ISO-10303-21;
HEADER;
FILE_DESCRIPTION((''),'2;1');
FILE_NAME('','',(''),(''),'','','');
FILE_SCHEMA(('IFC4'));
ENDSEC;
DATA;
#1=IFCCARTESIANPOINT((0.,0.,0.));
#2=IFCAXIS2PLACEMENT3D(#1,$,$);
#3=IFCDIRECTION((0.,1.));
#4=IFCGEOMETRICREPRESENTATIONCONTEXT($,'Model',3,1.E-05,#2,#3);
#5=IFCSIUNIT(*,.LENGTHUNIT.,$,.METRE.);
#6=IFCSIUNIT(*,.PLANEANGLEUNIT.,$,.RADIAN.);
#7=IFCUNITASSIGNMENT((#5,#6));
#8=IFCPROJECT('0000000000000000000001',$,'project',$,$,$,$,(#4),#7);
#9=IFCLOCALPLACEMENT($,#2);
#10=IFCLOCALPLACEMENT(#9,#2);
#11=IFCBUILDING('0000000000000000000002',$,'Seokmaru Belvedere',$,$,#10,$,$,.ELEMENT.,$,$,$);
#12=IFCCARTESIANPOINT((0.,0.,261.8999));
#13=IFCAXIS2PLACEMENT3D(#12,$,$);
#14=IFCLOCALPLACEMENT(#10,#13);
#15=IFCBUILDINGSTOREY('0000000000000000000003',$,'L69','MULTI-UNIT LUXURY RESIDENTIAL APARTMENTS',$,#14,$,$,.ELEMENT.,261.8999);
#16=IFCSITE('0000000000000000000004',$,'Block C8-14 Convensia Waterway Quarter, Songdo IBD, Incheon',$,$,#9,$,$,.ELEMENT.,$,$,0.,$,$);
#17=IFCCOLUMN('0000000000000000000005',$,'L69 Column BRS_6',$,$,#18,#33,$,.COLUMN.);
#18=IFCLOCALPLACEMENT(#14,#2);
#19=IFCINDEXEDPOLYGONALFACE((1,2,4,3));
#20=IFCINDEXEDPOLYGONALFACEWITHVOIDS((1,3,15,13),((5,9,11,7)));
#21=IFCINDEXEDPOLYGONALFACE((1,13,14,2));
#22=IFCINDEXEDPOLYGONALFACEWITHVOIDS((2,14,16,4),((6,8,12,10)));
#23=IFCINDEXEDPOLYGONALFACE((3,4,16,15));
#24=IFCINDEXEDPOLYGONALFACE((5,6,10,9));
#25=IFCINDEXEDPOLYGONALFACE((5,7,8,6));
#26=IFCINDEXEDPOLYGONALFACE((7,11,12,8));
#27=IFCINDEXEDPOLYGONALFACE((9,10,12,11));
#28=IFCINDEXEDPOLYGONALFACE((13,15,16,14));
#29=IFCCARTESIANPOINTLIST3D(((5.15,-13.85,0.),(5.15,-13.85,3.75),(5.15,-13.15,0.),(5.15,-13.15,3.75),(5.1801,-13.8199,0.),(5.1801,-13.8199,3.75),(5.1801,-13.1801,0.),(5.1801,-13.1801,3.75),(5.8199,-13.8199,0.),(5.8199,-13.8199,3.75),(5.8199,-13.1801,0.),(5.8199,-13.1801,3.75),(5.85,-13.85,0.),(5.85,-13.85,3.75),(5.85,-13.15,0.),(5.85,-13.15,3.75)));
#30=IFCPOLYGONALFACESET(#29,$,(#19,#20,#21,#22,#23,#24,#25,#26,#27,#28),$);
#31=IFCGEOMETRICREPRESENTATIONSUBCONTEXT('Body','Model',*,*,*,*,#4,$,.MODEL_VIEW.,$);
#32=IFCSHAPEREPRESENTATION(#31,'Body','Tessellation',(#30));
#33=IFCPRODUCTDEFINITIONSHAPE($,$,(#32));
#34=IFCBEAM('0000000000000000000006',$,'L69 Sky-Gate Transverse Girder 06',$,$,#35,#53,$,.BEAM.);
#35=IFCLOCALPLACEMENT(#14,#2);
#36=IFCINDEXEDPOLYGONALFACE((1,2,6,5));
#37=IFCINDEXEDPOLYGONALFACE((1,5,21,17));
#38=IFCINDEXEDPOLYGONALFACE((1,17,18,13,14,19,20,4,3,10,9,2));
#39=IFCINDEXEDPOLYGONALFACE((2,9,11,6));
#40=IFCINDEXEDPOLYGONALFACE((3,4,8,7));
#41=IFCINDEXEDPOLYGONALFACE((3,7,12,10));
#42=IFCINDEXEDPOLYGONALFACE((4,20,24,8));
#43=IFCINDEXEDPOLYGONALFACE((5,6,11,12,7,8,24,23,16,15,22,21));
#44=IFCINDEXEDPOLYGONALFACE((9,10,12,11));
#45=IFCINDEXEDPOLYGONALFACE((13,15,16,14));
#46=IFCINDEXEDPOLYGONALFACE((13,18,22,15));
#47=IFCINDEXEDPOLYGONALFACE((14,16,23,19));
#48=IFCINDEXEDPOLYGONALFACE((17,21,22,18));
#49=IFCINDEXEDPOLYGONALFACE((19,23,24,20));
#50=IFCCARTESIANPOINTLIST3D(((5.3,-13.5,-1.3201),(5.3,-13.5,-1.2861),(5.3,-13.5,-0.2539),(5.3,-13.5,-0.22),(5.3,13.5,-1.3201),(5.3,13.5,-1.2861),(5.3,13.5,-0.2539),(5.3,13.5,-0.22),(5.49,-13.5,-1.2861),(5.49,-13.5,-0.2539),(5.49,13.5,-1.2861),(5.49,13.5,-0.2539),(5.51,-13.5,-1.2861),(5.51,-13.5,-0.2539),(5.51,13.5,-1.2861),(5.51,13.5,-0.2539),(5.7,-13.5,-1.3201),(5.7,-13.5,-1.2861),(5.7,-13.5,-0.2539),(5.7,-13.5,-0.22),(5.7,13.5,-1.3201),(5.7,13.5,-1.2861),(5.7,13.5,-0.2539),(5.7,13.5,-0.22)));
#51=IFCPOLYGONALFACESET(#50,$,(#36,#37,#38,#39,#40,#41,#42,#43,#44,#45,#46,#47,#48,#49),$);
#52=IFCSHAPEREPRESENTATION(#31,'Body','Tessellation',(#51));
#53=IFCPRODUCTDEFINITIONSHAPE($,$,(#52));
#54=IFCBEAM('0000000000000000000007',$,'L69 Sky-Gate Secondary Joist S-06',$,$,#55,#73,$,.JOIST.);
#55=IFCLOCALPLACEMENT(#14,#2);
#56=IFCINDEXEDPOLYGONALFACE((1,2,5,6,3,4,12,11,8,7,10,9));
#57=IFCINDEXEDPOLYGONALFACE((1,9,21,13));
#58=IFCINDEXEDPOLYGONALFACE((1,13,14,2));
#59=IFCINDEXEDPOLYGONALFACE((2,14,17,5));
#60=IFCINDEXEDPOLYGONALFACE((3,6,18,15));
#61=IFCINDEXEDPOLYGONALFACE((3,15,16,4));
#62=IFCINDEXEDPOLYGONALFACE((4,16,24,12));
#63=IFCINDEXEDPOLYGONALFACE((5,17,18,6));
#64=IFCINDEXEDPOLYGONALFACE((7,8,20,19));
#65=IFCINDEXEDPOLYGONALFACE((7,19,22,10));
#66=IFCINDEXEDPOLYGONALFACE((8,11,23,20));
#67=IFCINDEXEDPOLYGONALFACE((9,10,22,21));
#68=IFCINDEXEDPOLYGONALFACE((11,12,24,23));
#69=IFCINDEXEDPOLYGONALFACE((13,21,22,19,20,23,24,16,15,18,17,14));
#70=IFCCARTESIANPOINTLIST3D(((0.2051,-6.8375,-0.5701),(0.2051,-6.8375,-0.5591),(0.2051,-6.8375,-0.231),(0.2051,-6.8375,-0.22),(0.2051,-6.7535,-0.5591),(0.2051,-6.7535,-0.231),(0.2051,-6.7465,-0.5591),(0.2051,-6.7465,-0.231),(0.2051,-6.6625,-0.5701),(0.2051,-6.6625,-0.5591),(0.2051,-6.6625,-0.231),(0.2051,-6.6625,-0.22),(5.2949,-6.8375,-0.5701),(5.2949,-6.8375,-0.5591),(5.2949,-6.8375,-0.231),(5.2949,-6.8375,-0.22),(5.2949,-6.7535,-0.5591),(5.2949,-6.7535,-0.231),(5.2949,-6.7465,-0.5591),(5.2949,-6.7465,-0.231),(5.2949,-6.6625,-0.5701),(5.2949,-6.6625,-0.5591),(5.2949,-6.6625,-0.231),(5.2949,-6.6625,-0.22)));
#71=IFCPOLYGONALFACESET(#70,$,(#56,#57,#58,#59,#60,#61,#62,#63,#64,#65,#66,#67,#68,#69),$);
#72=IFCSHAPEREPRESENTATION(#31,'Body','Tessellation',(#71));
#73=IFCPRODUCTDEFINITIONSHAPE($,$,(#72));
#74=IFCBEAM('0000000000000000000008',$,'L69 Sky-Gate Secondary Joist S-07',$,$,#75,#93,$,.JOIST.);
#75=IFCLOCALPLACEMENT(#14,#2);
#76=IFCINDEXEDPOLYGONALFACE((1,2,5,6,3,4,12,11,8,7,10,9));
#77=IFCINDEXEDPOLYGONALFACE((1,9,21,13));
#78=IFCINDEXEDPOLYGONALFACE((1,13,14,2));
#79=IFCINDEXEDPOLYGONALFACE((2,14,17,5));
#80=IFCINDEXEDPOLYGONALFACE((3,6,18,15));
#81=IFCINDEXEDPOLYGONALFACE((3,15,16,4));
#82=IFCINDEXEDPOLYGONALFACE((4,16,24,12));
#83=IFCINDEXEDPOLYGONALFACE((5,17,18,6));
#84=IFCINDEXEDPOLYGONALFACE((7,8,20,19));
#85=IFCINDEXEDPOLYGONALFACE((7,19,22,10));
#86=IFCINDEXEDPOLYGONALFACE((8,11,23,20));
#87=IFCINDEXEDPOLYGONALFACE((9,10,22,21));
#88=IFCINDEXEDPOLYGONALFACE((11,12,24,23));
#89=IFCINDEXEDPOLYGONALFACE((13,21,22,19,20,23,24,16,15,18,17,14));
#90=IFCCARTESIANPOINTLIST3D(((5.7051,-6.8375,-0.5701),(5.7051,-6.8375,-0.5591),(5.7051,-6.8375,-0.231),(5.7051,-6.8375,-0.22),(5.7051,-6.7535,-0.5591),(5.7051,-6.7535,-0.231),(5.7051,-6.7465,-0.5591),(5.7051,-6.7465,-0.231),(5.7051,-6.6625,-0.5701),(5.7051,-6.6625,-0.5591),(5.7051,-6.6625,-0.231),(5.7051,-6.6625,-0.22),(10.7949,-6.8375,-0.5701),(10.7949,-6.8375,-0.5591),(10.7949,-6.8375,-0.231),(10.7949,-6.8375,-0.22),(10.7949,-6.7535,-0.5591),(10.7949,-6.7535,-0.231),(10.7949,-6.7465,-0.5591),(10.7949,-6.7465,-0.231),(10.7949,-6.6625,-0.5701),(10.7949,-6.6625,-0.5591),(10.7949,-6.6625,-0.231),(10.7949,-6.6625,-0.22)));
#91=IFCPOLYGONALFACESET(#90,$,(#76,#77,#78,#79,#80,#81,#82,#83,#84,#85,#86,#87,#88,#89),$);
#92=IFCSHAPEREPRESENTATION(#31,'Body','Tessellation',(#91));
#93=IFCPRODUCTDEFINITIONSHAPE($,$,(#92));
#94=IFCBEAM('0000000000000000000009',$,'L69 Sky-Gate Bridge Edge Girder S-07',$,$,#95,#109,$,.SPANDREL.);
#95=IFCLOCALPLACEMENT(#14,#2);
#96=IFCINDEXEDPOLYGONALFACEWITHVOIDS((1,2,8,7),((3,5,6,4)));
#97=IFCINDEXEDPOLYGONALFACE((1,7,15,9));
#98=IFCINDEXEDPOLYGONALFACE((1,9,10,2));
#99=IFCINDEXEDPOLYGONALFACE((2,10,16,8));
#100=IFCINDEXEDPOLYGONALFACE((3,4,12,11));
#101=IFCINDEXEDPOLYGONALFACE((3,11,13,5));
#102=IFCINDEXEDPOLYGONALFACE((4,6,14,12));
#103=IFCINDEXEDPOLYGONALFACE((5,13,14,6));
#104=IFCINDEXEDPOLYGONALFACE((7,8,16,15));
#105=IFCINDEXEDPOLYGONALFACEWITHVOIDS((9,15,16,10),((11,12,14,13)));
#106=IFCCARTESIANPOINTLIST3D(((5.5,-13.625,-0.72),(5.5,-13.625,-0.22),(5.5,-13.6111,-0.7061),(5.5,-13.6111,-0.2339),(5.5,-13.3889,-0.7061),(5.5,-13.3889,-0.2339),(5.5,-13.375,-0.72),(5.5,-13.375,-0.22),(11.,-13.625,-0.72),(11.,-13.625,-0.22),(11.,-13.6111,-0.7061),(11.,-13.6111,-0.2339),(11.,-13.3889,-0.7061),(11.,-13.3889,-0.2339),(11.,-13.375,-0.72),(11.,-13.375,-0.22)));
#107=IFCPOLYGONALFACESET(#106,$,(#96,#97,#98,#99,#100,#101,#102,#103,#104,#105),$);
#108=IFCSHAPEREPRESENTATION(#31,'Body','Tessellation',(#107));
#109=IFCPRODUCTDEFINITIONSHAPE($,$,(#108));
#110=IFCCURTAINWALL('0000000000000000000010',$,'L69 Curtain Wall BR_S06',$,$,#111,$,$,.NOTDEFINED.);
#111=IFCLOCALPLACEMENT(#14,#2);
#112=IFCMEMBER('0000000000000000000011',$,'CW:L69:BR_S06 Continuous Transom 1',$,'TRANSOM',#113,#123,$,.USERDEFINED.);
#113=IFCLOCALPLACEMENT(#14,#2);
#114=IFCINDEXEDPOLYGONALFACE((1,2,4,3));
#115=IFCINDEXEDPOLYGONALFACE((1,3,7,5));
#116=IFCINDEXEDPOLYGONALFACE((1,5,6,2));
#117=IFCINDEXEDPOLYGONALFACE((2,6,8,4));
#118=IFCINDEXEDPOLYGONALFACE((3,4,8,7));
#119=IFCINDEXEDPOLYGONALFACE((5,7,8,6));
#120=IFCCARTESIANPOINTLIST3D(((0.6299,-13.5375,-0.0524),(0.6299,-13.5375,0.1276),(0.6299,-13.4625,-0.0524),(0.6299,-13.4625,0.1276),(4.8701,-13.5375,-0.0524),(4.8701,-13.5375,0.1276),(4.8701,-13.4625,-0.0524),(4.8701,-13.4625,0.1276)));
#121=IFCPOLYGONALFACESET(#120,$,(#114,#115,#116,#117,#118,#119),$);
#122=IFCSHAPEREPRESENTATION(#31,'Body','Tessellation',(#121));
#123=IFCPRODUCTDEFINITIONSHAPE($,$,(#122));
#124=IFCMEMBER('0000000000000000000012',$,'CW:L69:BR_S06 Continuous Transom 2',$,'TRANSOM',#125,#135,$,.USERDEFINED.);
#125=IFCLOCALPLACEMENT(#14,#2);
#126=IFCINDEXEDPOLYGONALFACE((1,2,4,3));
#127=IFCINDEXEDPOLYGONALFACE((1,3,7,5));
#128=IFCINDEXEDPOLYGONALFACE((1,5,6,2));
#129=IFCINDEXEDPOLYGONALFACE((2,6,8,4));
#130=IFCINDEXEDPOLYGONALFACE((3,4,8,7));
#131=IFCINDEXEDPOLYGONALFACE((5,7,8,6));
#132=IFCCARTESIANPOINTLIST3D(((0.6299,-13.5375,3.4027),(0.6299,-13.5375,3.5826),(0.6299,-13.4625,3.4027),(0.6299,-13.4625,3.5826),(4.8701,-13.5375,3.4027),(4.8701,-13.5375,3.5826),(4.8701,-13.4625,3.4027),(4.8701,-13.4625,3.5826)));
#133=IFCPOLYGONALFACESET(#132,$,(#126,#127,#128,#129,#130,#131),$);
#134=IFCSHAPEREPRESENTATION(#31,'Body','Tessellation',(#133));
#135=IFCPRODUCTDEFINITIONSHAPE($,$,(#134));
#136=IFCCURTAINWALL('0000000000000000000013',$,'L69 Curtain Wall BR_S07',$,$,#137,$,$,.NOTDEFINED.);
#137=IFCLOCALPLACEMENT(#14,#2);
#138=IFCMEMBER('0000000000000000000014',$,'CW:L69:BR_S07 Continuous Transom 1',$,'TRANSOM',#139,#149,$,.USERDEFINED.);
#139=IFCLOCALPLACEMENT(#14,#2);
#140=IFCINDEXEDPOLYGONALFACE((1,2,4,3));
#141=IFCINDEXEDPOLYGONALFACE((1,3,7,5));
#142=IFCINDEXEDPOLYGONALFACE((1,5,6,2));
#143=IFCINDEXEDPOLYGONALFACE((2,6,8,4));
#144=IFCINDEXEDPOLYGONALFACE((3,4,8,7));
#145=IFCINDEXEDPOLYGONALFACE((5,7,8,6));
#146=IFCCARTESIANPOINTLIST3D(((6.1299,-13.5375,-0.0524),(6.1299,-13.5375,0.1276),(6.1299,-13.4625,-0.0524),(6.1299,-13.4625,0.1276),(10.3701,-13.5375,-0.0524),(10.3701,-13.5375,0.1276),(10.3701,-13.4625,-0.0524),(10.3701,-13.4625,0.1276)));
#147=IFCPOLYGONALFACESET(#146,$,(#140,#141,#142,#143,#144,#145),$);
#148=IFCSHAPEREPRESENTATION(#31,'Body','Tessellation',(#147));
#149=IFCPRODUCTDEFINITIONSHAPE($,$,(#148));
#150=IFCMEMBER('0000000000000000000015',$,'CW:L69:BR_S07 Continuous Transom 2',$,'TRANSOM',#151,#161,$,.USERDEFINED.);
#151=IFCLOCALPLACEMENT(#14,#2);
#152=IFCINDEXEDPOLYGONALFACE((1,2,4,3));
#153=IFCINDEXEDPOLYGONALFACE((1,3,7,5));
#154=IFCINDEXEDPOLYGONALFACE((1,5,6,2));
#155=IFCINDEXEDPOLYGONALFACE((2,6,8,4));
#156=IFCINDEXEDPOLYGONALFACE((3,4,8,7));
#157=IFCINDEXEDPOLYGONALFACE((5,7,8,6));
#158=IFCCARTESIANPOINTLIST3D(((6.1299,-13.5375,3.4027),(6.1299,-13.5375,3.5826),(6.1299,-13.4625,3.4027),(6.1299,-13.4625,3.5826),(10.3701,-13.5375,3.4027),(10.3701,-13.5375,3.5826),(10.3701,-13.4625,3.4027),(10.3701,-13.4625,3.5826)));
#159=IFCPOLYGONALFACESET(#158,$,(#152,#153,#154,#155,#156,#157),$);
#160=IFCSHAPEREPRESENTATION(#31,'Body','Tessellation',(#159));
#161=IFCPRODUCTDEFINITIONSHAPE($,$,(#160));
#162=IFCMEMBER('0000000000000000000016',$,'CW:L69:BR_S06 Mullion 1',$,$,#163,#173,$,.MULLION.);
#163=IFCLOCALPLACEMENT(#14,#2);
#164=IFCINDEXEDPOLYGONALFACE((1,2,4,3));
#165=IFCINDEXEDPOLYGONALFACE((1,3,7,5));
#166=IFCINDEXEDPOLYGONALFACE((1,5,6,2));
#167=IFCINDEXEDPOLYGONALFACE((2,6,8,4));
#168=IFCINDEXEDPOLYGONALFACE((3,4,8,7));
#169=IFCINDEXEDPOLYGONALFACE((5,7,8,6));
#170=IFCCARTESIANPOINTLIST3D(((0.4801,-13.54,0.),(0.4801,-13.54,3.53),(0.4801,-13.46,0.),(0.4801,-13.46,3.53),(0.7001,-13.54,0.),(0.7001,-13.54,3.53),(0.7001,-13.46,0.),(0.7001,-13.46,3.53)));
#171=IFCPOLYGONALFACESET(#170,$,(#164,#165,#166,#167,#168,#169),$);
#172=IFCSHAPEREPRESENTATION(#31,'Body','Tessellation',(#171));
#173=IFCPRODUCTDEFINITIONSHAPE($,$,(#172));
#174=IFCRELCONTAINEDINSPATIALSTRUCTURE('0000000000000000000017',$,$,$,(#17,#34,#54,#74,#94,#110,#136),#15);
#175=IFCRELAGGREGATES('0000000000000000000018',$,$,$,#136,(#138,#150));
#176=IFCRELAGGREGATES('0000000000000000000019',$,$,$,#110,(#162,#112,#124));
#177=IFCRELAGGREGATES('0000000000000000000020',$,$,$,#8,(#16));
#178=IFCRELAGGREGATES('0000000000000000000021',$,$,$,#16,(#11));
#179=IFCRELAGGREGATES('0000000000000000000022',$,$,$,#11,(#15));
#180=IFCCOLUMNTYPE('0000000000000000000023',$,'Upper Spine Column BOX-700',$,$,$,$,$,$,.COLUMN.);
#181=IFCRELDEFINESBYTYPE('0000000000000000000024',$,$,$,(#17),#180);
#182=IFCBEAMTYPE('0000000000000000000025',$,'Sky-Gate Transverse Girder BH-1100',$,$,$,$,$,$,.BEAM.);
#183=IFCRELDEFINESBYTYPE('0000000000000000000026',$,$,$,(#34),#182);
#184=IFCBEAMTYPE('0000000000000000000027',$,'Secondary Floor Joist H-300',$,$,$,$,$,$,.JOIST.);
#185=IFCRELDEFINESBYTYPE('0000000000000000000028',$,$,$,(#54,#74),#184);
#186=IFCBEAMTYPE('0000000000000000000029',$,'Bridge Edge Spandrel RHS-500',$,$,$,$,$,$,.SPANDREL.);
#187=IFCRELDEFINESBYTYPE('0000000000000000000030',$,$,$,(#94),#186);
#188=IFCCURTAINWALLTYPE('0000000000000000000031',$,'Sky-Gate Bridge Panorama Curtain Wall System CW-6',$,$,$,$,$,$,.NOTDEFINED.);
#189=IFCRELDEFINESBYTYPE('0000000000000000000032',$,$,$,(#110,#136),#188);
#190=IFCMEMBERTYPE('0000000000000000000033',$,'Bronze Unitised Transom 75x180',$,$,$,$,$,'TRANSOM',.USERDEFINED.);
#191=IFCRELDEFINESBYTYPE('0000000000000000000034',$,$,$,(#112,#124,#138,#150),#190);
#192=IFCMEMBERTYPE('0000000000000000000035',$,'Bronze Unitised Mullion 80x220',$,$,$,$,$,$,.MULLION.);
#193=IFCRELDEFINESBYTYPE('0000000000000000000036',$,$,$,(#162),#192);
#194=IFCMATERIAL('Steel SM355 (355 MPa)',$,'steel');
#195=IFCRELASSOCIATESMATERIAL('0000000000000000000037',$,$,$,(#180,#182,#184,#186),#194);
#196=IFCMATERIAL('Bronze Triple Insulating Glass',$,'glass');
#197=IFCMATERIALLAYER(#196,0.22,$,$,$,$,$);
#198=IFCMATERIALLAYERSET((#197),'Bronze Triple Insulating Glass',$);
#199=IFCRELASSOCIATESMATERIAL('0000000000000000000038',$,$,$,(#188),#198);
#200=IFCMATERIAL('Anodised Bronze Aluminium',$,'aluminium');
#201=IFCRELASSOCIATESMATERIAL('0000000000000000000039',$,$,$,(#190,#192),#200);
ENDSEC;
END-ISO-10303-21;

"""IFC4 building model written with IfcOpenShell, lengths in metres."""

from ifc_helpers import new_model, si_unit, direction, frame, origin, origin_2d, place, context, subcontext, project, spatial, rectangle, hollow_rectangle, i_section, extrude, source, transform, mapped, material, layer, layer_set, material_profile, profile_set, type_object, type_shapes, element, aggregate, save


model = new_model("IFC4")

# Units and contexts
model_context = context("Model", 3, precision=1e-05, world=origin(), true_north=direction((0.0, 1.0)))
body_context = subcontext(model_context, "Body", "Model", "MODEL_VIEW")
ifc_project = project(units=[si_unit("LENGTHUNIT", "METRE"), si_unit("PLANEANGLEUNIT", "RADIAN")], contexts=[model_context])

# Site, building, storey
site_placement = place(None, origin())
site = spatial("IfcSite", under=ifc_project, at=site_placement, Name="Block C8-14 Convensia Waterway Quarter, Songdo IBD, Incheon", CompositionType="ELEMENT", RefElevation=0.0)
building_placement = place(site_placement, origin())
building = spatial("IfcBuilding", under=site, at=building_placement, Name="Seokmaru Belvedere", CompositionType="ELEMENT")
storey_placement = place(building_placement, frame((0.0, 0.0, 261.8999)))
storey = spatial("IfcBuildingStorey", under=building, at=storey_placement, Name="L69", Description="MULTI-UNIT LUXURY RESIDENTIAL APARTMENTS", CompositionType="ELEMENT", Elevation=261.8999)

# Column
ifc_material_1 = material(Name="Steel SM355 (355 MPa)", Category="steel")
ifc_material_profile_1 = material_profile(ifc_material_1, hollow_rectangle(XDim=0.7, YDim=0.7, WallThickness=0.03, at=origin_2d()), Name="BOX-700x700x30")
ifc_profile_set_1 = profile_set([ifc_material_profile_1], Name="Steel SM355 (355 MPa)")
column_type = type_object("IfcColumnType", Name="Upper Spine Column BOX-700", PredefinedType="COLUMN", material=ifc_profile_set_1)
shared_shape_1 = source(origin(), body_context, "Body", "SweptSolid", [
    extrude(hollow_rectangle(XDim=0.7, YDim=0.7, WallThickness=0.03, at=origin_2d()), origin(), (0.0, 0.0, 1.0), 3.75),
])
type_shapes(column_type, [shared_shape_1])
column_placement = place(storey_placement, frame((5.5, -13.5, 0.0), z_axis=(0.0, 0.0, 1.0), x_axis=(1.0, 0.0, 0.0)))
element("IfcColumn", 1, at=column_placement, inside=storey, type_object=column_type, Name="L69 Column BRS_6", PredefinedType="COLUMN", context=body_context, shape_type="MappedRepresentation", body=[
    mapped(shared_shape_1, transform((0.0, 0.0, 0.0), scale=1.0)),
])

# Beams
ifc_material_profile_2 = material_profile(ifc_material_1, i_section(OverallWidth=0.3999, OverallDepth=1.1001, WebThickness=0.02, FlangeThickness=0.0339, at=origin_2d()), Name="BH-1100x400x20x34")
ifc_profile_set_2 = profile_set([ifc_material_profile_2], Name="Steel SM355 (355 MPa)")
beam_type_1 = type_object("IfcBeamType", Name="Sky-Gate Transverse Girder BH-1100", PredefinedType="BEAM", material=ifc_profile_set_2)
shared_shape_2 = source(origin(), body_context, "Body", "SweptSolid", [
    extrude(i_section(OverallWidth=0.3999, OverallDepth=1.1001, WebThickness=0.02, FlangeThickness=0.0339, at=origin_2d()), origin(), (0.0, 0.0, 1.0), 27.0),
])
type_shapes(beam_type_1, [shared_shape_2])
beam_1_placement = place(storey_placement, frame((5.5, -13.5, -0.77), z_axis=(0.0, 1.0, 0.0), x_axis=(-1.0, 0.0, 0.0)))
element("IfcBeam", 2, at=beam_1_placement, inside=storey, type_object=beam_type_1, Name="L69 Sky-Gate Transverse Girder 06", PredefinedType="BEAM", context=body_context, shape_type="MappedRepresentation", body=[
    mapped(shared_shape_2, transform((0.0, 0.0, 0.0), scale=1.0)),
])
ifc_material_profile_3 = material_profile(ifc_material_1, i_section(OverallWidth=0.175, OverallDepth=0.3501, WebThickness=0.0071, FlangeThickness=0.011, at=origin_2d()), Name="H-350x175x7x11")
ifc_profile_set_3 = profile_set([ifc_material_profile_3], Name="Steel SM355 (355 MPa)")
beam_type_2 = type_object("IfcBeamType", Name="Secondary Floor Joist H-300", PredefinedType="JOIST", material=ifc_profile_set_3)
shared_shape_3 = source(origin(), body_context, "Body", "SweptSolid", [
    extrude(i_section(OverallWidth=0.175, OverallDepth=0.3501, WebThickness=0.0071, FlangeThickness=0.011, at=origin_2d()), origin(), (0.0, 0.0, 1.0), 5.0898),
])
type_shapes(beam_type_2, [shared_shape_3])
for number, where, z_axis, x_axis, name in (
    (3, (0.2051, -6.75, -0.395), (1.0, 0.0, 0.0), (0.0, 1.0, 0.0), "L69 Sky-Gate Secondary Joist S-06"),
    (4, (5.7051, -6.75, -0.395), (1.0, 0.0, 0.0), (0.0, 1.0, 0.0), "L69 Sky-Gate Secondary Joist S-07"),
):
    element("IfcBeam", number, at=place(storey_placement, frame(where, z_axis=z_axis, x_axis=x_axis)), inside=storey, type_object=beam_type_2, Name=name, PredefinedType="JOIST", context=body_context, shape_type="MappedRepresentation", body=[
        mapped(shared_shape_3, transform((0.0, 0.0, 0.0), scale=1.0)),
    ])
ifc_material_profile_4 = material_profile(ifc_material_1, hollow_rectangle(XDim=0.25, YDim=0.5, WallThickness=0.0139, at=origin_2d()), Name="RHS-500x250x14")
ifc_profile_set_4 = profile_set([ifc_material_profile_4], Name="Steel SM355 (355 MPa)")
beam_type_3 = type_object("IfcBeamType", Name="Bridge Edge Spandrel RHS-500", PredefinedType="SPANDREL", material=ifc_profile_set_4)
shared_shape_4 = source(origin(), body_context, "Body", "SweptSolid", [
    extrude(hollow_rectangle(XDim=0.25, YDim=0.5, WallThickness=0.0139, at=origin_2d()), origin(), (0.0, 0.0, 1.0), 5.5),
])
type_shapes(beam_type_3, [shared_shape_4])
beam_2_placement = place(storey_placement, frame((5.5, -13.5, -0.47), z_axis=(1.0, 0.0, 0.0), x_axis=(0.0, 1.0, 0.0)))
element("IfcBeam", 5, at=beam_2_placement, inside=storey, type_object=beam_type_3, Name="L69 Sky-Gate Bridge Edge Girder S-07", PredefinedType="SPANDREL", context=body_context, shape_type="MappedRepresentation", body=[
    mapped(shared_shape_4, transform((0.0, 0.0, 0.0), scale=1.0)),
])

# Curtain walls, members
ifc_material_2 = material(Name="Bronze Triple Insulating Glass", Category="glass")
ifc_layer_1 = layer(ifc_material_2, 0.22)
ifc_layer_set_1 = layer_set([ifc_layer_1], Name="Bronze Triple Insulating Glass")
curtain_wall_type = type_object("IfcCurtainWallType", Name="Sky-Gate Bridge Panorama Curtain Wall System CW-6", PredefinedType="NOTDEFINED", material=ifc_layer_set_1)
curtain_wall_1_placement = place(storey_placement, origin())
curtain_wall_1 = element("IfcCurtainWall", 6, at=curtain_wall_1_placement, inside=storey, type_object=curtain_wall_type, Name="L69 Curtain Wall BR_S06", PredefinedType="NOTDEFINED")
ifc_material_3 = material(Name="Anodised Bronze Aluminium", Category="aluminium")
ifc_material_profile_5 = material_profile(ifc_material_3, rectangle(XDim=0.075, YDim=0.1799, at=origin_2d()), Name="CW-T-75x180")
ifc_profile_set_5 = profile_set([ifc_material_profile_5], Name="Anodised Bronze Aluminium")
member_type_1 = type_object("IfcMemberType", Name="Bronze Unitised Transom 75x180", ElementType="TRANSOM", PredefinedType="USERDEFINED", material=ifc_profile_set_5)
shared_shape_5 = source(origin(), body_context, "Body", "SweptSolid", [
    extrude(rectangle(XDim=0.075, YDim=0.1799, at=origin_2d()), origin(), (0.0, 0.0, 1.0), 4.2402),
])
type_shapes(member_type_1, [shared_shape_5])
member_1_placement = place(storey_placement, frame((0.6299, -13.5, 0.0376), z_axis=(1.0, 0.0, 0.0), x_axis=(0.0, 1.0, 0.0)))
member_1 = element("IfcMember", 7, at=member_1_placement, type_object=member_type_1, Name="CW:L69:BR_S06 Continuous Transom 1", ObjectType="TRANSOM", PredefinedType="USERDEFINED", context=body_context, shape_type="MappedRepresentation", body=[
    mapped(shared_shape_5, transform((0.0, 0.0, 0.0), scale=1.0)),
])
member_2_placement = place(storey_placement, frame((0.6299, -13.5, 3.4927), z_axis=(1.0, 0.0, 0.0), x_axis=(0.0, 1.0, 0.0)))
member_2 = element("IfcMember", 8, at=member_2_placement, type_object=member_type_1, Name="CW:L69:BR_S06 Continuous Transom 2", ObjectType="TRANSOM", PredefinedType="USERDEFINED", context=body_context, shape_type="MappedRepresentation", body=[
    mapped(shared_shape_5, transform((0.0, 0.0, 0.0), scale=1.0)),
])
curtain_wall_2_placement = place(storey_placement, origin())
curtain_wall_2 = element("IfcCurtainWall", 9, at=curtain_wall_2_placement, inside=storey, type_object=curtain_wall_type, Name="L69 Curtain Wall BR_S07", PredefinedType="NOTDEFINED")
member_3_placement = place(storey_placement, frame((6.1299, -13.5, 0.0376), z_axis=(1.0, 0.0, 0.0), x_axis=(0.0, 1.0, 0.0)))
member_3 = element("IfcMember", 10, at=member_3_placement, type_object=member_type_1, Name="CW:L69:BR_S07 Continuous Transom 1", ObjectType="TRANSOM", PredefinedType="USERDEFINED", context=body_context, shape_type="MappedRepresentation", body=[
    mapped(shared_shape_5, transform((0.0, 0.0, 0.0), scale=1.0)),
])
member_4_placement = place(storey_placement, frame((6.1299, -13.5, 3.4927), z_axis=(1.0, 0.0, 0.0), x_axis=(0.0, 1.0, 0.0)))
member_4 = element("IfcMember", 11, at=member_4_placement, type_object=member_type_1, Name="CW:L69:BR_S07 Continuous Transom 2", ObjectType="TRANSOM", PredefinedType="USERDEFINED", context=body_context, shape_type="MappedRepresentation", body=[
    mapped(shared_shape_5, transform((0.0, 0.0, 0.0), scale=1.0)),
])

# Member
ifc_material_profile_6 = material_profile(ifc_material_3, rectangle(XDim=0.0801, YDim=0.22, at=origin_2d()), Name="CW-M-80x220")
ifc_profile_set_6 = profile_set([ifc_material_profile_6], Name="Anodised Bronze Aluminium")
member_type_2 = type_object("IfcMemberType", Name="Bronze Unitised Mullion 80x220", PredefinedType="MULLION", material=ifc_profile_set_6)
shared_shape_6 = source(origin(), body_context, "Body", "SweptSolid", [
    extrude(rectangle(XDim=0.0801, YDim=0.22, at=origin_2d()), origin(), (0.0, 0.0, 1.0), 3.53),
])
type_shapes(member_type_2, [shared_shape_6])
member_5_placement = place(storey_placement, frame((0.5901, -13.5, 0.0), z_axis=(0.0, 0.0, 1.0), x_axis=(0.0, 1.0, 0.0)))
member_5 = element("IfcMember", 12, at=member_5_placement, type_object=member_type_2, Name="CW:L69:BR_S06 Mullion 1", PredefinedType="MULLION", context=body_context, shape_type="MappedRepresentation", body=[
    mapped(shared_shape_6, transform((0.0, 0.0, 0.0), scale=1.0)),
])
aggregate(curtain_wall_2, [member_3, member_4])

aggregate(curtain_wall_1, [member_5, member_1, member_2])

save(model, "model.ifc")
